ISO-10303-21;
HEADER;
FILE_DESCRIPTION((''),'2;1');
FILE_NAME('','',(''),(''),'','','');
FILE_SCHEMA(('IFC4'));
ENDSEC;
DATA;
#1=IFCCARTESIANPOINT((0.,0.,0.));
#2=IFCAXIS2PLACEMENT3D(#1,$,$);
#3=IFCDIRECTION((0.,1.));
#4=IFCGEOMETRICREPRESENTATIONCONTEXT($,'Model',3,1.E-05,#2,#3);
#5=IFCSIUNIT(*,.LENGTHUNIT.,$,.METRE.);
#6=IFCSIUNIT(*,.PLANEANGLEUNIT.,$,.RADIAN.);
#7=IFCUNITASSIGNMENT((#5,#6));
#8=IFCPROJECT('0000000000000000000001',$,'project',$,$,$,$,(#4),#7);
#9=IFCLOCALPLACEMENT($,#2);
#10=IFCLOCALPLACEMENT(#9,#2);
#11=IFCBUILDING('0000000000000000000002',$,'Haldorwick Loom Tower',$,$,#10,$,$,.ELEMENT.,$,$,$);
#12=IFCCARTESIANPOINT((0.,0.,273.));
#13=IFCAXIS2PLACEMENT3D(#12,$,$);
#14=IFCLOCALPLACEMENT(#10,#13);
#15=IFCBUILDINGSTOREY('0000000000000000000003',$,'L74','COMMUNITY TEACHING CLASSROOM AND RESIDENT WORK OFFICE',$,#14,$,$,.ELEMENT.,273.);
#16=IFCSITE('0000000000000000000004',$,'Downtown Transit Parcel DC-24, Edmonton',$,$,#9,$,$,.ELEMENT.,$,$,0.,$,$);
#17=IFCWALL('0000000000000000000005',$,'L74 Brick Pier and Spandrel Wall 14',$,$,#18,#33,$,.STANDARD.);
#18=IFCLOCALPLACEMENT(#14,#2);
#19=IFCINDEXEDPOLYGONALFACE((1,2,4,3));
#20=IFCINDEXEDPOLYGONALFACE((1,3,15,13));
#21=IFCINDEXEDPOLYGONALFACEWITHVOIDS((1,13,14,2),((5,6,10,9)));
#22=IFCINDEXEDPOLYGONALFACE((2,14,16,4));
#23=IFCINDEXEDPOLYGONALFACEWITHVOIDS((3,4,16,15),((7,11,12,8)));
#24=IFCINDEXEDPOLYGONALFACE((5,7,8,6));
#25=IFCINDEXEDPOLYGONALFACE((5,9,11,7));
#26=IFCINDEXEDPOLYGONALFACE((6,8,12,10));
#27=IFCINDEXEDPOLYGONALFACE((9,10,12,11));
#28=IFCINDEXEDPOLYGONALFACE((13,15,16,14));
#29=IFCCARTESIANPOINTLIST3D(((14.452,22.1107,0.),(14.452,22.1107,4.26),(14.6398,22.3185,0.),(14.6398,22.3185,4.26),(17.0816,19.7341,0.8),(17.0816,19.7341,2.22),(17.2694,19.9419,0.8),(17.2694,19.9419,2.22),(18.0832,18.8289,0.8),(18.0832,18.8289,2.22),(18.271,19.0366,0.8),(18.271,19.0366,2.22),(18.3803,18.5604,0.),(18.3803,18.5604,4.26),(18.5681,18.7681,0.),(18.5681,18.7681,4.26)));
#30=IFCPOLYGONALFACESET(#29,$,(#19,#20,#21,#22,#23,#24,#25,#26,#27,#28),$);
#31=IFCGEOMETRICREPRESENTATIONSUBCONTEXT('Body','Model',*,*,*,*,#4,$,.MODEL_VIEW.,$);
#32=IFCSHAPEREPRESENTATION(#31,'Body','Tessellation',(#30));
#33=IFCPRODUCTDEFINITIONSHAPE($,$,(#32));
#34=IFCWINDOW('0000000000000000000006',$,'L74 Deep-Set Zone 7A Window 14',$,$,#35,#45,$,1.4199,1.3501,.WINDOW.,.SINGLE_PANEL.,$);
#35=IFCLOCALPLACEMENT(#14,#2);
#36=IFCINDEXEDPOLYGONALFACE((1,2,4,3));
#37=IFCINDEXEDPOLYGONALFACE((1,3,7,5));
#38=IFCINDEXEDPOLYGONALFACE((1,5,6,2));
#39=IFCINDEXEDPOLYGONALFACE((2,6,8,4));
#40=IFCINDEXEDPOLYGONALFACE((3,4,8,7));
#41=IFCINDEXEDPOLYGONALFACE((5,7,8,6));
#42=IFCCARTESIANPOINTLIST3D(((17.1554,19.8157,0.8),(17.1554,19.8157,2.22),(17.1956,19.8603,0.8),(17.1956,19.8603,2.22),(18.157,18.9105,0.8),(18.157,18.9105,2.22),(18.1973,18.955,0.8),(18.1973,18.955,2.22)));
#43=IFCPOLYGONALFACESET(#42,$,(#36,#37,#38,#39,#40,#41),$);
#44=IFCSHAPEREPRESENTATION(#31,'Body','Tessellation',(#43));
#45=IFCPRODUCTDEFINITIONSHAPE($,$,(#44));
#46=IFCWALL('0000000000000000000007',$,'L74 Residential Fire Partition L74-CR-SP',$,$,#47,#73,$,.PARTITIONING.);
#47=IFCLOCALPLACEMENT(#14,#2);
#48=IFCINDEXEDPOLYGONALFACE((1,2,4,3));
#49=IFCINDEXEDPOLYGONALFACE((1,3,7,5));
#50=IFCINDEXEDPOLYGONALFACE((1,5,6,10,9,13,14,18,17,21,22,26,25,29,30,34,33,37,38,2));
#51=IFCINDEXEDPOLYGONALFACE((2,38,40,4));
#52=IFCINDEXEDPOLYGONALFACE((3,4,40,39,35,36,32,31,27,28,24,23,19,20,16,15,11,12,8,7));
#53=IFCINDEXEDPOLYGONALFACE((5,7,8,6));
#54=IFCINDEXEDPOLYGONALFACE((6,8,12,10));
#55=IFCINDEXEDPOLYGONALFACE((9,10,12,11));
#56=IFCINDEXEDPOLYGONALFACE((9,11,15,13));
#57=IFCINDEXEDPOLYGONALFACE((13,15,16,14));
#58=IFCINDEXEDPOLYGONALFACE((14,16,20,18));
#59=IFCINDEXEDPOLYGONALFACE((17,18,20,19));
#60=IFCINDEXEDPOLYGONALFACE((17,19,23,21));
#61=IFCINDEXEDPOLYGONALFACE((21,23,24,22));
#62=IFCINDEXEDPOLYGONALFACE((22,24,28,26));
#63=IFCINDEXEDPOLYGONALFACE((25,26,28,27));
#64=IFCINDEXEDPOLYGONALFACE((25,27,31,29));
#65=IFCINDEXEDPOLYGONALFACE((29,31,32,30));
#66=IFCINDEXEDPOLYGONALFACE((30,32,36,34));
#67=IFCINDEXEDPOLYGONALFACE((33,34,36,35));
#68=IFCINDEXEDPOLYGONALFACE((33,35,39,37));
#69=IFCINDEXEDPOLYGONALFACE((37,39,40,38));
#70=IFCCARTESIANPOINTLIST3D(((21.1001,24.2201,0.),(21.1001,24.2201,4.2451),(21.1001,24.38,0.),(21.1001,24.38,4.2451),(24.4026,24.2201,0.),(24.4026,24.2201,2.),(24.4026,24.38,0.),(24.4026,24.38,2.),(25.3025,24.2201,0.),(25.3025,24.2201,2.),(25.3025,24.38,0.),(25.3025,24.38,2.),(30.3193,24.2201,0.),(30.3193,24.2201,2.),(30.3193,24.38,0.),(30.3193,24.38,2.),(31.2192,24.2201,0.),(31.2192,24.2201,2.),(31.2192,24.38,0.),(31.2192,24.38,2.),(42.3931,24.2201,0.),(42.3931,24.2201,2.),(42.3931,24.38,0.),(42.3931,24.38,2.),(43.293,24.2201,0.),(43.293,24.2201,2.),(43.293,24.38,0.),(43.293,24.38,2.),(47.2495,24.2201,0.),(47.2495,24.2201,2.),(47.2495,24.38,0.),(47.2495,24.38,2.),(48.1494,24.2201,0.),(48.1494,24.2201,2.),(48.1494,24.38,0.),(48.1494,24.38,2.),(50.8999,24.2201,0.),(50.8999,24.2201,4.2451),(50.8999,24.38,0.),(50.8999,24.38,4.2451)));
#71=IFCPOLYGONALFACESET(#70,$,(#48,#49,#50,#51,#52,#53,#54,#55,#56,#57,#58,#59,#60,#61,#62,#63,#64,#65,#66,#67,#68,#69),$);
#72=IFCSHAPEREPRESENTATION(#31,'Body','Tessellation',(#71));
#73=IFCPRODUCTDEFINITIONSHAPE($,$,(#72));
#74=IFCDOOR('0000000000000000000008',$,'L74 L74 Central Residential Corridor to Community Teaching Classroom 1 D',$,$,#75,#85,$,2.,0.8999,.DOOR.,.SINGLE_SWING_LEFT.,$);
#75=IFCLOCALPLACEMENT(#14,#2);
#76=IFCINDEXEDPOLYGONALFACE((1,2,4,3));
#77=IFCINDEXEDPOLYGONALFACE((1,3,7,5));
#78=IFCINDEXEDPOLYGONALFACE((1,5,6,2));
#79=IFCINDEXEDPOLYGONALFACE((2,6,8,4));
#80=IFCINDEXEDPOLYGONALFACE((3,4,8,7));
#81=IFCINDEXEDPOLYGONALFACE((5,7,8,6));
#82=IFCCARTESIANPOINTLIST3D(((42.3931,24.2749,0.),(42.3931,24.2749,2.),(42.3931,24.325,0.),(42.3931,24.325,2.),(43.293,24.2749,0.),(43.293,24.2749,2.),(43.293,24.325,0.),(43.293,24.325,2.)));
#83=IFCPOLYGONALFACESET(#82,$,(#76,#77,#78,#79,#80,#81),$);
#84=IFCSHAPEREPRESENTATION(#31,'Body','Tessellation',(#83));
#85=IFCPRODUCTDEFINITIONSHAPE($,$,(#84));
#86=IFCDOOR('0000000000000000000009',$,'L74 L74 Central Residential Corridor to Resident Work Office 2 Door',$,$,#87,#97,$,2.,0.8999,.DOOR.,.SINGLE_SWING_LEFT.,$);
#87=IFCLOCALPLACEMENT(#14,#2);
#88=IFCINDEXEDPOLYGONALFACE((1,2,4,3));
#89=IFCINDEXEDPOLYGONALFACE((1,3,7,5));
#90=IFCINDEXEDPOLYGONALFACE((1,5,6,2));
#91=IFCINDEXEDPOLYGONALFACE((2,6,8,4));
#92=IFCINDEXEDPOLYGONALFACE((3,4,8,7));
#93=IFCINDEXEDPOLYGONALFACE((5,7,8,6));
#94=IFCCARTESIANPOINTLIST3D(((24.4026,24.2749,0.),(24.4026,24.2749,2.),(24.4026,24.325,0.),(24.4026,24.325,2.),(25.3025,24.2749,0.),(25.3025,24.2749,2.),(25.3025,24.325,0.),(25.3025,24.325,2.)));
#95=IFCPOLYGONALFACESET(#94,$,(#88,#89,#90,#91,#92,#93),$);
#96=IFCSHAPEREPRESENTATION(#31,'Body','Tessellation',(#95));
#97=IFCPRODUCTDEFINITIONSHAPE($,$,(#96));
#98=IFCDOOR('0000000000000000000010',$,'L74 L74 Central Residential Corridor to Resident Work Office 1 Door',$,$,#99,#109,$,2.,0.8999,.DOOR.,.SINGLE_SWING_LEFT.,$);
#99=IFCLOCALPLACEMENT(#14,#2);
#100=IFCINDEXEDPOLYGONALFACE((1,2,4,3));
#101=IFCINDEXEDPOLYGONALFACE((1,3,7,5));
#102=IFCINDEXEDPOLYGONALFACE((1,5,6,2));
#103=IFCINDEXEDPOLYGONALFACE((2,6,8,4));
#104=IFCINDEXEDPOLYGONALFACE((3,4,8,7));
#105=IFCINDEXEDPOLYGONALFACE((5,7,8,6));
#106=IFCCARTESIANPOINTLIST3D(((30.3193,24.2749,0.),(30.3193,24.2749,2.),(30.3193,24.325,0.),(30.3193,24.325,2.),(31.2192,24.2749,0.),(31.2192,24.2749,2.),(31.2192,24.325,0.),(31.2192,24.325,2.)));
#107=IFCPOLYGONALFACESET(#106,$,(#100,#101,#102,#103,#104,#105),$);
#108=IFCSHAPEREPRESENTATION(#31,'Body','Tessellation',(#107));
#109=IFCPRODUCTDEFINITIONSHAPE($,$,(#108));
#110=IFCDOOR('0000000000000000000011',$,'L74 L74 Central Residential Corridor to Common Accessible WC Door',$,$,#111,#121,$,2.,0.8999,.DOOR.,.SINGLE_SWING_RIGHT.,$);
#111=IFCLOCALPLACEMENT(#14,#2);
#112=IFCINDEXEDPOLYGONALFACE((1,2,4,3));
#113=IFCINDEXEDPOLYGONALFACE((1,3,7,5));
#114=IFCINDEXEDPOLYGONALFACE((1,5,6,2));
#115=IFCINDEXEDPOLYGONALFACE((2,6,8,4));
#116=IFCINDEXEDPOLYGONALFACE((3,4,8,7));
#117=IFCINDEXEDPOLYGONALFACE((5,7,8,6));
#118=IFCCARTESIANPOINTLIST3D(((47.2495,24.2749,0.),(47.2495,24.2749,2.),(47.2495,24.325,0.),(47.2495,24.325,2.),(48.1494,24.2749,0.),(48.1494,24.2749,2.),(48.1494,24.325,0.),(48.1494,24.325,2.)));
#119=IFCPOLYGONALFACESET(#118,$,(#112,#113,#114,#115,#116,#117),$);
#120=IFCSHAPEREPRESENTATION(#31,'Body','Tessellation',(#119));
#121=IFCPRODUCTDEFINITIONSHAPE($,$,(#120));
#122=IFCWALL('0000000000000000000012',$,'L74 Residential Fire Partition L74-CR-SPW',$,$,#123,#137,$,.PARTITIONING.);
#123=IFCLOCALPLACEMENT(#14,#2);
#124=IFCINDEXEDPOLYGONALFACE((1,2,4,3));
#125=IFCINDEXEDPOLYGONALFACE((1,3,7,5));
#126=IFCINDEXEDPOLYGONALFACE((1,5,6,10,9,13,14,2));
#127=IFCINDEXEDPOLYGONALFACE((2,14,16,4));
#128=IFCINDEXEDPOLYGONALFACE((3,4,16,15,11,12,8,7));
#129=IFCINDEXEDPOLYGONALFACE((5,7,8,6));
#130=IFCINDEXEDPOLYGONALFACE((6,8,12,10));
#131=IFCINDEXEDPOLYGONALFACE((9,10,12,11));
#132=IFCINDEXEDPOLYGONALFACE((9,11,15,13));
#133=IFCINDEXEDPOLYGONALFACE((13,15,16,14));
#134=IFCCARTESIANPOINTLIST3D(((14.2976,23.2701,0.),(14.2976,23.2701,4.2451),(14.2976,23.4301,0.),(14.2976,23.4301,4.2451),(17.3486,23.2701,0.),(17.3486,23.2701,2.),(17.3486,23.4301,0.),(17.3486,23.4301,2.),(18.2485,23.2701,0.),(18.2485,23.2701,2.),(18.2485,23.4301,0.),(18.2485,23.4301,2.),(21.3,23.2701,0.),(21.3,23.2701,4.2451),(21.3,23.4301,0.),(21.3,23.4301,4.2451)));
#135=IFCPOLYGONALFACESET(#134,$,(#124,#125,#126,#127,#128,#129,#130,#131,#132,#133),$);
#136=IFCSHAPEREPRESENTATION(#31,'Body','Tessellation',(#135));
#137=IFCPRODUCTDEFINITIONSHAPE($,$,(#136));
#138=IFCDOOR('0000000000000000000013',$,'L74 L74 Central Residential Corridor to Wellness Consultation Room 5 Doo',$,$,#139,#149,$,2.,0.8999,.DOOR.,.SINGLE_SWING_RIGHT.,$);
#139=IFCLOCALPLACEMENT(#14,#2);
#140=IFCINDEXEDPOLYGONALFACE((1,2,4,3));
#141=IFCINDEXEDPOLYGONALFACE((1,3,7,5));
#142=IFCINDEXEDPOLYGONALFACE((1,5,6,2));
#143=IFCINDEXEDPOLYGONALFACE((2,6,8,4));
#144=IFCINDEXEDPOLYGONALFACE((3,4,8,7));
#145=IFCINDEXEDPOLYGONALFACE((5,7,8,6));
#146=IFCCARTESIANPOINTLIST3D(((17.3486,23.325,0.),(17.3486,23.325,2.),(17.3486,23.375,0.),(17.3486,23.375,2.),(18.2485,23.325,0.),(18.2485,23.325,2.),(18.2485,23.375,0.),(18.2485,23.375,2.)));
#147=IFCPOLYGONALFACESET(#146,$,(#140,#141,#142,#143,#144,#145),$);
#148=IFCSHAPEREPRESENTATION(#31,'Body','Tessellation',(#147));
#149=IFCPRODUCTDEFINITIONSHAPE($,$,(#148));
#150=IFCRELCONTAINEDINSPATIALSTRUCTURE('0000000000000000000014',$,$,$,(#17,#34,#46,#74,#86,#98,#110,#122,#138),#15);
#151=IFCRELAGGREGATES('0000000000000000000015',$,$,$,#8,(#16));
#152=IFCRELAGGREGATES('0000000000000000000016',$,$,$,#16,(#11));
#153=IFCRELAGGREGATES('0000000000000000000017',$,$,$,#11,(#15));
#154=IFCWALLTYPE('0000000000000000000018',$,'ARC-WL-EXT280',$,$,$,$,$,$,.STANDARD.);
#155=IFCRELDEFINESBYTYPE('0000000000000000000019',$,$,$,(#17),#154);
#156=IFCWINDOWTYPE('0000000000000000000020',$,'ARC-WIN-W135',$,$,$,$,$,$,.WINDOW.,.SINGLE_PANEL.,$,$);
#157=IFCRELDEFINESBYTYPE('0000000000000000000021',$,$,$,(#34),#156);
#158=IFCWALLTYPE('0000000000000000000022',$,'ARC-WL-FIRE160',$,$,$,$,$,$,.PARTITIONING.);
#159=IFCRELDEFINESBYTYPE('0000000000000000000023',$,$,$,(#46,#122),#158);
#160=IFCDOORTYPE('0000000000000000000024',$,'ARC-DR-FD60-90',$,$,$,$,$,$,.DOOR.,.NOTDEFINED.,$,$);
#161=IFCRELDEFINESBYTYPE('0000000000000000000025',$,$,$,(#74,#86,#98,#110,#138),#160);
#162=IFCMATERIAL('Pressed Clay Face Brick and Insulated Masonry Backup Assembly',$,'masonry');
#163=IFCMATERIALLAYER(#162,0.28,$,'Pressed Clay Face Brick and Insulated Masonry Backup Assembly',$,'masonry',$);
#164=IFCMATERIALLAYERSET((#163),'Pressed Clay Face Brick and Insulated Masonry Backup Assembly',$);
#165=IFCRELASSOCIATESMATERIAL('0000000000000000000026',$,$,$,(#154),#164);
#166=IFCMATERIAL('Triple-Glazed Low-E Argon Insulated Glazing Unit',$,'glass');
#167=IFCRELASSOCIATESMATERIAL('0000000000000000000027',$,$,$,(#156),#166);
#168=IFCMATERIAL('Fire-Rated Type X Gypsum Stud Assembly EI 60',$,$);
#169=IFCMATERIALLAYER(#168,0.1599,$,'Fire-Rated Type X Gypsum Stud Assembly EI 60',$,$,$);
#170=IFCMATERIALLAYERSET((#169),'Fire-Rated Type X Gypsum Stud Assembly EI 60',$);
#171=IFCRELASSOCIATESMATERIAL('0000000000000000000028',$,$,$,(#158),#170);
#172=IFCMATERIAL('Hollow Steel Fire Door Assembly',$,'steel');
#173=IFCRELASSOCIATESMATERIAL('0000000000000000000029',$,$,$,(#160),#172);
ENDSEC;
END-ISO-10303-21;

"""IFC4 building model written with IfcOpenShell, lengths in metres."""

from ifc_helpers import new_model, si_unit, direction, frame, frame_2d, origin, place, context, subcontext, project, spatial, rectangle, extrude, material, layer, layer_set, type_object, element, fill, save


model = new_model("IFC4")

# Units and contexts
model_context = context("Model", 3, precision=1e-05, world=origin(), true_north=direction((0.0, 1.0)))
body_context = subcontext(model_context, "Body", "Model", "MODEL_VIEW")
ifc_project = project(units=[si_unit("LENGTHUNIT", "METRE"), si_unit("PLANEANGLEUNIT", "RADIAN")], contexts=[model_context])

# Site, building, storey
site_placement = place(None, origin())
site = spatial("IfcSite", under=ifc_project, at=site_placement, Name="Downtown Transit Parcel DC-24, Edmonton", CompositionType="ELEMENT", RefElevation=0.0)
building_placement = place(site_placement, origin())
building = spatial("IfcBuilding", under=site, at=building_placement, Name="Haldorwick Loom Tower", CompositionType="ELEMENT")
storey_placement = place(building_placement, frame((0.0, 0.0, 273.0)))
storey = spatial("IfcBuildingStorey", under=building, at=storey_placement, Name="L74", Description="COMMUNITY TEACHING CLASSROOM AND RESIDENT WORK OFFICE", CompositionType="ELEMENT", Elevation=273.0)

# Shared definitions
ifc_material_1 = material(Name="Pressed Clay Face Brick and Insulated Masonry Backup Assembly", Category="masonry")
ifc_layer_1 = layer(ifc_material_1, 0.28, Name="Pressed Clay Face Brick and Insulated Masonry Backup Assembly", Category="masonry")
ifc_layer_set_1 = layer_set([ifc_layer_1], Name="Pressed Clay Face Brick and Insulated Masonry Backup Assembly")
wall_type_1 = type_object("IfcWallType", Name="ARC-WL-EXT280", PredefinedType="STANDARD", material=ifc_layer_set_1)

# Wall, opening, window
wall_1_placement = place(storey_placement, frame((14.5459, 22.2146, 0.0), z_axis=(0.0, 0.0, 1.0), x_axis=(0.741894, -0.670517, 0.0)))
wall_1 = element("IfcWall", 1, at=wall_1_placement, inside=storey, type_object=wall_type_1, Name="L74 Brick Pier and Spandrel Wall 14", PredefinedType="STANDARD", context=body_context, shape_type="SweptSolid", body=[
    extrude(rectangle(XDim=5.2949, YDim=0.28, at=frame_2d((2.6475, 0.0))), origin(), (0.0, 0.0, 1.0), 4.26),
])
opening_1_placement = place(wall_1_placement, frame((3.5444, 0.0, 0.8)))
opening_1 = element("IfcOpeningElement", 2, at=opening_1_placement, cuts=wall_1, PredefinedType="OPENING", context=body_context, shape_type="SweptSolid", body=[
    extrude(rectangle(XDim=1.3501, YDim=1.4199, at=frame_2d((0.675, 0.71))), frame((0.0, 0.1499, 0.0), z_axis=(0.0, -1.0, 0.0), x_axis=(1.0, 0.0, 0.0)), (0.0, 0.0, 1.0), 0.3),
])
ifc_material_2 = material(Name="Triple-Glazed Low-E Argon Insulated Glazing Unit", Category="glass")
window_type = type_object("IfcWindowType", Name="ARC-WIN-W135", PartitioningType="SINGLE_PANEL", PredefinedType="WINDOW", material=ifc_material_2)
window_placement = place(opening_1_placement, origin())
window = element("IfcWindow", 3, at=window_placement, inside=storey, type_object=window_type, Name="L74 Deep-Set Zone 7A Window 14", OverallHeight=1.4199, OverallWidth=1.3501, PartitioningType="SINGLE_PANEL", PredefinedType="WINDOW", context=body_context, shape_type="SweptSolid", body=[
    extrude(rectangle(XDim=1.3501, YDim=1.4199, at=frame_2d((0.675, 0.71))), frame((0.0, 0.03, 0.0), z_axis=(0.0, -1.0, 0.0), x_axis=(1.0, 0.0, 0.0)), (0.0, 0.0, 1.0), 0.0601),
])
fill(opening_1, window)

# Wall, openings, doors
ifc_material_3 = material(Name="Fire-Rated Type X Gypsum Stud Assembly EI 60")
ifc_layer_2 = layer(ifc_material_3, 0.1599, Name="Fire-Rated Type X Gypsum Stud Assembly EI 60")
ifc_layer_set_2 = layer_set([ifc_layer_2], Name="Fire-Rated Type X Gypsum Stud Assembly EI 60")
wall_type_2 = type_object("IfcWallType", Name="ARC-WL-FIRE160", PredefinedType="PARTITIONING", material=ifc_layer_set_2)
wall_2_placement = place(storey_placement, frame((21.1001, 24.3, 0.0), z_axis=(0.0, 0.0, 1.0), x_axis=(1.0, 0.0, 0.0)))
wall_2 = element("IfcWall", 4, at=wall_2_placement, inside=storey, type_object=wall_type_2, Name="L74 Residential Fire Partition L74-CR-SP", PredefinedType="PARTITIONING", context=body_context, shape_type="SweptSolid", body=[
    extrude(rectangle(XDim=29.7998, YDim=0.1599, at=frame_2d((14.8999, 0.0))), origin(), (0.0, 0.0, 1.0), 4.2451),
])
opening_2_placement = place(wall_2_placement, frame((21.293, 0.0, 0.0)))
opening_2 = element("IfcOpeningElement", 5, at=opening_2_placement, cuts=wall_2, PredefinedType="OPENING", context=body_context, shape_type="SweptSolid", body=[
    extrude(rectangle(XDim=0.8999, YDim=2.0, at=frame_2d((0.45, 1.0))), frame((0.0, 0.0898, 0.0), z_axis=(0.0, -1.0, 0.0), x_axis=(1.0, 0.0, 0.0)), (0.0, 0.0, 1.0), 0.1799),
])
opening_3_placement = place(wall_2_placement, frame((3.3025, 0.0, 0.0)))
opening_3 = element("IfcOpeningElement", 6, at=opening_3_placement, cuts=wall_2, PredefinedType="OPENING", context=body_context, shape_type="SweptSolid", body=[
    extrude(rectangle(XDim=0.8999, YDim=2.0, at=frame_2d((0.45, 1.0))), frame((0.0, 0.0898, 0.0), z_axis=(0.0, -1.0, 0.0), x_axis=(1.0, 0.0, 0.0)), (0.0, 0.0, 1.0), 0.1799),
])
opening_4_placement = place(wall_2_placement, frame((9.2192, 0.0, 0.0)))
opening_4 = element("IfcOpeningElement", 7, at=opening_4_placement, cuts=wall_2, PredefinedType="OPENING", context=body_context, shape_type="SweptSolid", body=[
    extrude(rectangle(XDim=0.8999, YDim=2.0, at=frame_2d((0.45, 1.0))), frame((0.0, 0.0898, 0.0), z_axis=(0.0, -1.0, 0.0), x_axis=(1.0, 0.0, 0.0)), (0.0, 0.0, 1.0), 0.1799),
])
opening_5_placement = place(wall_2_placement, frame((26.1494, 0.0, 0.0)))
opening_5 = element("IfcOpeningElement", 8, at=opening_5_placement, cuts=wall_2, PredefinedType="OPENING", context=body_context, shape_type="SweptSolid", body=[
    extrude(rectangle(XDim=0.8999, YDim=2.0, at=frame_2d((0.45, 1.0))), frame((0.0, 0.0898, 0.0), z_axis=(0.0, -1.0, 0.0), x_axis=(1.0, 0.0, 0.0)), (0.0, 0.0, 1.0), 0.1799),
])
ifc_material_4 = material(Name="Hollow Steel Fire Door Assembly", Category="steel")
door_type = type_object("IfcDoorType", Name="ARC-DR-FD60-90", OperationType="NOTDEFINED", PredefinedType="DOOR", material=ifc_material_4)
door_1_placement = place(opening_2_placement, origin())
door_1 = element("IfcDoor", 9, at=door_1_placement, inside=storey, type_object=door_type, Name="L74 L74 Central Residential Corridor to Community Teaching Classroom 1 D", OperationType="SINGLE_SWING_LEFT", OverallHeight=2.0, OverallWidth=0.8999, PredefinedType="DOOR", context=body_context, shape_type="SweptSolid", body=[
    extrude(rectangle(XDim=0.8999, YDim=2.0, at=frame_2d((0.45, 1.0))), frame((0.0, 0.0249, 0.0), z_axis=(0.0, -1.0, 0.0), x_axis=(1.0, 0.0, 0.0)), (0.0, 0.0, 1.0), 0.05),
])
fill(opening_2, door_1)
door_2_placement = place(opening_3_placement, origin())
door_2 = element("IfcDoor", 10, at=door_2_placement, inside=storey, type_object=door_type, Name="L74 L74 Central Residential Corridor to Resident Work Office 2 Door", OperationType="SINGLE_SWING_LEFT", OverallHeight=2.0, OverallWidth=0.8999, PredefinedType="DOOR", context=body_context, shape_type="SweptSolid", body=[
    extrude(rectangle(XDim=0.8999, YDim=2.0, at=frame_2d((0.45, 1.0))), frame((0.0, 0.0249, 0.0), z_axis=(0.0, -1.0, 0.0), x_axis=(1.0, 0.0, 0.0)), (0.0, 0.0, 1.0), 0.05),
])
fill(opening_3, door_2)
door_3_placement = place(opening_4_placement, origin())
door_3 = element("IfcDoor", 11, at=door_3_placement, inside=storey, type_object=door_type, Name="L74 L74 Central Residential Corridor to Resident Work Office 1 Door", OperationType="SINGLE_SWING_LEFT", OverallHeight=2.0, OverallWidth=0.8999, PredefinedType="DOOR", context=body_context, shape_type="SweptSolid", body=[
    extrude(rectangle(XDim=0.8999, YDim=2.0, at=frame_2d((0.45, 1.0))), frame((0.0, 0.0249, 0.0), z_axis=(0.0, -1.0, 0.0), x_axis=(1.0, 0.0, 0.0)), (0.0, 0.0, 1.0), 0.05),
])
fill(opening_4, door_3)
door_4_placement = place(opening_5_placement, origin())
door_4 = element("IfcDoor", 12, at=door_4_placement, inside=storey, type_object=door_type, Name="L74 L74 Central Residential Corridor to Common Accessible WC Door", OperationType="SINGLE_SWING_RIGHT", OverallHeight=2.0, OverallWidth=0.8999, PredefinedType="DOOR", context=body_context, shape_type="SweptSolid", body=[
    extrude(rectangle(XDim=0.8999, YDim=2.0, at=frame_2d((0.45, 1.0))), frame((0.0, 0.0249, 0.0), z_axis=(0.0, -1.0, 0.0), x_axis=(1.0, 0.0, 0.0)), (0.0, 0.0, 1.0), 0.05),
])
fill(opening_5, door_4)

# Wall, opening, door
wall_3_placement = place(storey_placement, frame((14.2976, 23.3501, 0.0), z_axis=(0.0, 0.0, 1.0), x_axis=(1.0, 0.0, 0.0)))
wall_3 = element("IfcWall", 13, at=wall_3_placement, inside=storey, type_object=wall_type_2, Name="L74 Residential Fire Partition L74-CR-SPW", PredefinedType="PARTITIONING", context=body_context, shape_type="SweptSolid", body=[
    extrude(rectangle(XDim=7.0024, YDim=0.1599, at=frame_2d((3.5012, 0.0))), origin(), (0.0, 0.0, 1.0), 4.2451),
])
opening_6_placement = place(wall_3_placement, frame((3.051, 0.0, 0.0)))
opening_6 = element("IfcOpeningElement", 14, at=opening_6_placement, cuts=wall_3, PredefinedType="OPENING", context=body_context, shape_type="SweptSolid", body=[
    extrude(rectangle(XDim=0.8999, YDim=2.0, at=frame_2d((0.45, 1.0))), frame((0.0, 0.0898, 0.0), z_axis=(0.0, -1.0, 0.0), x_axis=(1.0, 0.0, 0.0)), (0.0, 0.0, 1.0), 0.1799),
])
door_5_placement = place(opening_6_placement, origin())
door_5 = element("IfcDoor", 15, at=door_5_placement, inside=storey, type_object=door_type, Name="L74 L74 Central Residential Corridor to Wellness Consultation Room 5 Doo", OperationType="SINGLE_SWING_RIGHT", OverallHeight=2.0, OverallWidth=0.8999, PredefinedType="DOOR", context=body_context, shape_type="SweptSolid", body=[
    extrude(rectangle(XDim=0.8999, YDim=2.0, at=frame_2d((0.45, 1.0))), frame((0.0, 0.0249, 0.0), z_axis=(0.0, -1.0, 0.0), x_axis=(1.0, 0.0, 0.0)), (0.0, 0.0, 1.0), 0.05),
])
fill(opening_6, door_5)

save(model, "model.ifc")
